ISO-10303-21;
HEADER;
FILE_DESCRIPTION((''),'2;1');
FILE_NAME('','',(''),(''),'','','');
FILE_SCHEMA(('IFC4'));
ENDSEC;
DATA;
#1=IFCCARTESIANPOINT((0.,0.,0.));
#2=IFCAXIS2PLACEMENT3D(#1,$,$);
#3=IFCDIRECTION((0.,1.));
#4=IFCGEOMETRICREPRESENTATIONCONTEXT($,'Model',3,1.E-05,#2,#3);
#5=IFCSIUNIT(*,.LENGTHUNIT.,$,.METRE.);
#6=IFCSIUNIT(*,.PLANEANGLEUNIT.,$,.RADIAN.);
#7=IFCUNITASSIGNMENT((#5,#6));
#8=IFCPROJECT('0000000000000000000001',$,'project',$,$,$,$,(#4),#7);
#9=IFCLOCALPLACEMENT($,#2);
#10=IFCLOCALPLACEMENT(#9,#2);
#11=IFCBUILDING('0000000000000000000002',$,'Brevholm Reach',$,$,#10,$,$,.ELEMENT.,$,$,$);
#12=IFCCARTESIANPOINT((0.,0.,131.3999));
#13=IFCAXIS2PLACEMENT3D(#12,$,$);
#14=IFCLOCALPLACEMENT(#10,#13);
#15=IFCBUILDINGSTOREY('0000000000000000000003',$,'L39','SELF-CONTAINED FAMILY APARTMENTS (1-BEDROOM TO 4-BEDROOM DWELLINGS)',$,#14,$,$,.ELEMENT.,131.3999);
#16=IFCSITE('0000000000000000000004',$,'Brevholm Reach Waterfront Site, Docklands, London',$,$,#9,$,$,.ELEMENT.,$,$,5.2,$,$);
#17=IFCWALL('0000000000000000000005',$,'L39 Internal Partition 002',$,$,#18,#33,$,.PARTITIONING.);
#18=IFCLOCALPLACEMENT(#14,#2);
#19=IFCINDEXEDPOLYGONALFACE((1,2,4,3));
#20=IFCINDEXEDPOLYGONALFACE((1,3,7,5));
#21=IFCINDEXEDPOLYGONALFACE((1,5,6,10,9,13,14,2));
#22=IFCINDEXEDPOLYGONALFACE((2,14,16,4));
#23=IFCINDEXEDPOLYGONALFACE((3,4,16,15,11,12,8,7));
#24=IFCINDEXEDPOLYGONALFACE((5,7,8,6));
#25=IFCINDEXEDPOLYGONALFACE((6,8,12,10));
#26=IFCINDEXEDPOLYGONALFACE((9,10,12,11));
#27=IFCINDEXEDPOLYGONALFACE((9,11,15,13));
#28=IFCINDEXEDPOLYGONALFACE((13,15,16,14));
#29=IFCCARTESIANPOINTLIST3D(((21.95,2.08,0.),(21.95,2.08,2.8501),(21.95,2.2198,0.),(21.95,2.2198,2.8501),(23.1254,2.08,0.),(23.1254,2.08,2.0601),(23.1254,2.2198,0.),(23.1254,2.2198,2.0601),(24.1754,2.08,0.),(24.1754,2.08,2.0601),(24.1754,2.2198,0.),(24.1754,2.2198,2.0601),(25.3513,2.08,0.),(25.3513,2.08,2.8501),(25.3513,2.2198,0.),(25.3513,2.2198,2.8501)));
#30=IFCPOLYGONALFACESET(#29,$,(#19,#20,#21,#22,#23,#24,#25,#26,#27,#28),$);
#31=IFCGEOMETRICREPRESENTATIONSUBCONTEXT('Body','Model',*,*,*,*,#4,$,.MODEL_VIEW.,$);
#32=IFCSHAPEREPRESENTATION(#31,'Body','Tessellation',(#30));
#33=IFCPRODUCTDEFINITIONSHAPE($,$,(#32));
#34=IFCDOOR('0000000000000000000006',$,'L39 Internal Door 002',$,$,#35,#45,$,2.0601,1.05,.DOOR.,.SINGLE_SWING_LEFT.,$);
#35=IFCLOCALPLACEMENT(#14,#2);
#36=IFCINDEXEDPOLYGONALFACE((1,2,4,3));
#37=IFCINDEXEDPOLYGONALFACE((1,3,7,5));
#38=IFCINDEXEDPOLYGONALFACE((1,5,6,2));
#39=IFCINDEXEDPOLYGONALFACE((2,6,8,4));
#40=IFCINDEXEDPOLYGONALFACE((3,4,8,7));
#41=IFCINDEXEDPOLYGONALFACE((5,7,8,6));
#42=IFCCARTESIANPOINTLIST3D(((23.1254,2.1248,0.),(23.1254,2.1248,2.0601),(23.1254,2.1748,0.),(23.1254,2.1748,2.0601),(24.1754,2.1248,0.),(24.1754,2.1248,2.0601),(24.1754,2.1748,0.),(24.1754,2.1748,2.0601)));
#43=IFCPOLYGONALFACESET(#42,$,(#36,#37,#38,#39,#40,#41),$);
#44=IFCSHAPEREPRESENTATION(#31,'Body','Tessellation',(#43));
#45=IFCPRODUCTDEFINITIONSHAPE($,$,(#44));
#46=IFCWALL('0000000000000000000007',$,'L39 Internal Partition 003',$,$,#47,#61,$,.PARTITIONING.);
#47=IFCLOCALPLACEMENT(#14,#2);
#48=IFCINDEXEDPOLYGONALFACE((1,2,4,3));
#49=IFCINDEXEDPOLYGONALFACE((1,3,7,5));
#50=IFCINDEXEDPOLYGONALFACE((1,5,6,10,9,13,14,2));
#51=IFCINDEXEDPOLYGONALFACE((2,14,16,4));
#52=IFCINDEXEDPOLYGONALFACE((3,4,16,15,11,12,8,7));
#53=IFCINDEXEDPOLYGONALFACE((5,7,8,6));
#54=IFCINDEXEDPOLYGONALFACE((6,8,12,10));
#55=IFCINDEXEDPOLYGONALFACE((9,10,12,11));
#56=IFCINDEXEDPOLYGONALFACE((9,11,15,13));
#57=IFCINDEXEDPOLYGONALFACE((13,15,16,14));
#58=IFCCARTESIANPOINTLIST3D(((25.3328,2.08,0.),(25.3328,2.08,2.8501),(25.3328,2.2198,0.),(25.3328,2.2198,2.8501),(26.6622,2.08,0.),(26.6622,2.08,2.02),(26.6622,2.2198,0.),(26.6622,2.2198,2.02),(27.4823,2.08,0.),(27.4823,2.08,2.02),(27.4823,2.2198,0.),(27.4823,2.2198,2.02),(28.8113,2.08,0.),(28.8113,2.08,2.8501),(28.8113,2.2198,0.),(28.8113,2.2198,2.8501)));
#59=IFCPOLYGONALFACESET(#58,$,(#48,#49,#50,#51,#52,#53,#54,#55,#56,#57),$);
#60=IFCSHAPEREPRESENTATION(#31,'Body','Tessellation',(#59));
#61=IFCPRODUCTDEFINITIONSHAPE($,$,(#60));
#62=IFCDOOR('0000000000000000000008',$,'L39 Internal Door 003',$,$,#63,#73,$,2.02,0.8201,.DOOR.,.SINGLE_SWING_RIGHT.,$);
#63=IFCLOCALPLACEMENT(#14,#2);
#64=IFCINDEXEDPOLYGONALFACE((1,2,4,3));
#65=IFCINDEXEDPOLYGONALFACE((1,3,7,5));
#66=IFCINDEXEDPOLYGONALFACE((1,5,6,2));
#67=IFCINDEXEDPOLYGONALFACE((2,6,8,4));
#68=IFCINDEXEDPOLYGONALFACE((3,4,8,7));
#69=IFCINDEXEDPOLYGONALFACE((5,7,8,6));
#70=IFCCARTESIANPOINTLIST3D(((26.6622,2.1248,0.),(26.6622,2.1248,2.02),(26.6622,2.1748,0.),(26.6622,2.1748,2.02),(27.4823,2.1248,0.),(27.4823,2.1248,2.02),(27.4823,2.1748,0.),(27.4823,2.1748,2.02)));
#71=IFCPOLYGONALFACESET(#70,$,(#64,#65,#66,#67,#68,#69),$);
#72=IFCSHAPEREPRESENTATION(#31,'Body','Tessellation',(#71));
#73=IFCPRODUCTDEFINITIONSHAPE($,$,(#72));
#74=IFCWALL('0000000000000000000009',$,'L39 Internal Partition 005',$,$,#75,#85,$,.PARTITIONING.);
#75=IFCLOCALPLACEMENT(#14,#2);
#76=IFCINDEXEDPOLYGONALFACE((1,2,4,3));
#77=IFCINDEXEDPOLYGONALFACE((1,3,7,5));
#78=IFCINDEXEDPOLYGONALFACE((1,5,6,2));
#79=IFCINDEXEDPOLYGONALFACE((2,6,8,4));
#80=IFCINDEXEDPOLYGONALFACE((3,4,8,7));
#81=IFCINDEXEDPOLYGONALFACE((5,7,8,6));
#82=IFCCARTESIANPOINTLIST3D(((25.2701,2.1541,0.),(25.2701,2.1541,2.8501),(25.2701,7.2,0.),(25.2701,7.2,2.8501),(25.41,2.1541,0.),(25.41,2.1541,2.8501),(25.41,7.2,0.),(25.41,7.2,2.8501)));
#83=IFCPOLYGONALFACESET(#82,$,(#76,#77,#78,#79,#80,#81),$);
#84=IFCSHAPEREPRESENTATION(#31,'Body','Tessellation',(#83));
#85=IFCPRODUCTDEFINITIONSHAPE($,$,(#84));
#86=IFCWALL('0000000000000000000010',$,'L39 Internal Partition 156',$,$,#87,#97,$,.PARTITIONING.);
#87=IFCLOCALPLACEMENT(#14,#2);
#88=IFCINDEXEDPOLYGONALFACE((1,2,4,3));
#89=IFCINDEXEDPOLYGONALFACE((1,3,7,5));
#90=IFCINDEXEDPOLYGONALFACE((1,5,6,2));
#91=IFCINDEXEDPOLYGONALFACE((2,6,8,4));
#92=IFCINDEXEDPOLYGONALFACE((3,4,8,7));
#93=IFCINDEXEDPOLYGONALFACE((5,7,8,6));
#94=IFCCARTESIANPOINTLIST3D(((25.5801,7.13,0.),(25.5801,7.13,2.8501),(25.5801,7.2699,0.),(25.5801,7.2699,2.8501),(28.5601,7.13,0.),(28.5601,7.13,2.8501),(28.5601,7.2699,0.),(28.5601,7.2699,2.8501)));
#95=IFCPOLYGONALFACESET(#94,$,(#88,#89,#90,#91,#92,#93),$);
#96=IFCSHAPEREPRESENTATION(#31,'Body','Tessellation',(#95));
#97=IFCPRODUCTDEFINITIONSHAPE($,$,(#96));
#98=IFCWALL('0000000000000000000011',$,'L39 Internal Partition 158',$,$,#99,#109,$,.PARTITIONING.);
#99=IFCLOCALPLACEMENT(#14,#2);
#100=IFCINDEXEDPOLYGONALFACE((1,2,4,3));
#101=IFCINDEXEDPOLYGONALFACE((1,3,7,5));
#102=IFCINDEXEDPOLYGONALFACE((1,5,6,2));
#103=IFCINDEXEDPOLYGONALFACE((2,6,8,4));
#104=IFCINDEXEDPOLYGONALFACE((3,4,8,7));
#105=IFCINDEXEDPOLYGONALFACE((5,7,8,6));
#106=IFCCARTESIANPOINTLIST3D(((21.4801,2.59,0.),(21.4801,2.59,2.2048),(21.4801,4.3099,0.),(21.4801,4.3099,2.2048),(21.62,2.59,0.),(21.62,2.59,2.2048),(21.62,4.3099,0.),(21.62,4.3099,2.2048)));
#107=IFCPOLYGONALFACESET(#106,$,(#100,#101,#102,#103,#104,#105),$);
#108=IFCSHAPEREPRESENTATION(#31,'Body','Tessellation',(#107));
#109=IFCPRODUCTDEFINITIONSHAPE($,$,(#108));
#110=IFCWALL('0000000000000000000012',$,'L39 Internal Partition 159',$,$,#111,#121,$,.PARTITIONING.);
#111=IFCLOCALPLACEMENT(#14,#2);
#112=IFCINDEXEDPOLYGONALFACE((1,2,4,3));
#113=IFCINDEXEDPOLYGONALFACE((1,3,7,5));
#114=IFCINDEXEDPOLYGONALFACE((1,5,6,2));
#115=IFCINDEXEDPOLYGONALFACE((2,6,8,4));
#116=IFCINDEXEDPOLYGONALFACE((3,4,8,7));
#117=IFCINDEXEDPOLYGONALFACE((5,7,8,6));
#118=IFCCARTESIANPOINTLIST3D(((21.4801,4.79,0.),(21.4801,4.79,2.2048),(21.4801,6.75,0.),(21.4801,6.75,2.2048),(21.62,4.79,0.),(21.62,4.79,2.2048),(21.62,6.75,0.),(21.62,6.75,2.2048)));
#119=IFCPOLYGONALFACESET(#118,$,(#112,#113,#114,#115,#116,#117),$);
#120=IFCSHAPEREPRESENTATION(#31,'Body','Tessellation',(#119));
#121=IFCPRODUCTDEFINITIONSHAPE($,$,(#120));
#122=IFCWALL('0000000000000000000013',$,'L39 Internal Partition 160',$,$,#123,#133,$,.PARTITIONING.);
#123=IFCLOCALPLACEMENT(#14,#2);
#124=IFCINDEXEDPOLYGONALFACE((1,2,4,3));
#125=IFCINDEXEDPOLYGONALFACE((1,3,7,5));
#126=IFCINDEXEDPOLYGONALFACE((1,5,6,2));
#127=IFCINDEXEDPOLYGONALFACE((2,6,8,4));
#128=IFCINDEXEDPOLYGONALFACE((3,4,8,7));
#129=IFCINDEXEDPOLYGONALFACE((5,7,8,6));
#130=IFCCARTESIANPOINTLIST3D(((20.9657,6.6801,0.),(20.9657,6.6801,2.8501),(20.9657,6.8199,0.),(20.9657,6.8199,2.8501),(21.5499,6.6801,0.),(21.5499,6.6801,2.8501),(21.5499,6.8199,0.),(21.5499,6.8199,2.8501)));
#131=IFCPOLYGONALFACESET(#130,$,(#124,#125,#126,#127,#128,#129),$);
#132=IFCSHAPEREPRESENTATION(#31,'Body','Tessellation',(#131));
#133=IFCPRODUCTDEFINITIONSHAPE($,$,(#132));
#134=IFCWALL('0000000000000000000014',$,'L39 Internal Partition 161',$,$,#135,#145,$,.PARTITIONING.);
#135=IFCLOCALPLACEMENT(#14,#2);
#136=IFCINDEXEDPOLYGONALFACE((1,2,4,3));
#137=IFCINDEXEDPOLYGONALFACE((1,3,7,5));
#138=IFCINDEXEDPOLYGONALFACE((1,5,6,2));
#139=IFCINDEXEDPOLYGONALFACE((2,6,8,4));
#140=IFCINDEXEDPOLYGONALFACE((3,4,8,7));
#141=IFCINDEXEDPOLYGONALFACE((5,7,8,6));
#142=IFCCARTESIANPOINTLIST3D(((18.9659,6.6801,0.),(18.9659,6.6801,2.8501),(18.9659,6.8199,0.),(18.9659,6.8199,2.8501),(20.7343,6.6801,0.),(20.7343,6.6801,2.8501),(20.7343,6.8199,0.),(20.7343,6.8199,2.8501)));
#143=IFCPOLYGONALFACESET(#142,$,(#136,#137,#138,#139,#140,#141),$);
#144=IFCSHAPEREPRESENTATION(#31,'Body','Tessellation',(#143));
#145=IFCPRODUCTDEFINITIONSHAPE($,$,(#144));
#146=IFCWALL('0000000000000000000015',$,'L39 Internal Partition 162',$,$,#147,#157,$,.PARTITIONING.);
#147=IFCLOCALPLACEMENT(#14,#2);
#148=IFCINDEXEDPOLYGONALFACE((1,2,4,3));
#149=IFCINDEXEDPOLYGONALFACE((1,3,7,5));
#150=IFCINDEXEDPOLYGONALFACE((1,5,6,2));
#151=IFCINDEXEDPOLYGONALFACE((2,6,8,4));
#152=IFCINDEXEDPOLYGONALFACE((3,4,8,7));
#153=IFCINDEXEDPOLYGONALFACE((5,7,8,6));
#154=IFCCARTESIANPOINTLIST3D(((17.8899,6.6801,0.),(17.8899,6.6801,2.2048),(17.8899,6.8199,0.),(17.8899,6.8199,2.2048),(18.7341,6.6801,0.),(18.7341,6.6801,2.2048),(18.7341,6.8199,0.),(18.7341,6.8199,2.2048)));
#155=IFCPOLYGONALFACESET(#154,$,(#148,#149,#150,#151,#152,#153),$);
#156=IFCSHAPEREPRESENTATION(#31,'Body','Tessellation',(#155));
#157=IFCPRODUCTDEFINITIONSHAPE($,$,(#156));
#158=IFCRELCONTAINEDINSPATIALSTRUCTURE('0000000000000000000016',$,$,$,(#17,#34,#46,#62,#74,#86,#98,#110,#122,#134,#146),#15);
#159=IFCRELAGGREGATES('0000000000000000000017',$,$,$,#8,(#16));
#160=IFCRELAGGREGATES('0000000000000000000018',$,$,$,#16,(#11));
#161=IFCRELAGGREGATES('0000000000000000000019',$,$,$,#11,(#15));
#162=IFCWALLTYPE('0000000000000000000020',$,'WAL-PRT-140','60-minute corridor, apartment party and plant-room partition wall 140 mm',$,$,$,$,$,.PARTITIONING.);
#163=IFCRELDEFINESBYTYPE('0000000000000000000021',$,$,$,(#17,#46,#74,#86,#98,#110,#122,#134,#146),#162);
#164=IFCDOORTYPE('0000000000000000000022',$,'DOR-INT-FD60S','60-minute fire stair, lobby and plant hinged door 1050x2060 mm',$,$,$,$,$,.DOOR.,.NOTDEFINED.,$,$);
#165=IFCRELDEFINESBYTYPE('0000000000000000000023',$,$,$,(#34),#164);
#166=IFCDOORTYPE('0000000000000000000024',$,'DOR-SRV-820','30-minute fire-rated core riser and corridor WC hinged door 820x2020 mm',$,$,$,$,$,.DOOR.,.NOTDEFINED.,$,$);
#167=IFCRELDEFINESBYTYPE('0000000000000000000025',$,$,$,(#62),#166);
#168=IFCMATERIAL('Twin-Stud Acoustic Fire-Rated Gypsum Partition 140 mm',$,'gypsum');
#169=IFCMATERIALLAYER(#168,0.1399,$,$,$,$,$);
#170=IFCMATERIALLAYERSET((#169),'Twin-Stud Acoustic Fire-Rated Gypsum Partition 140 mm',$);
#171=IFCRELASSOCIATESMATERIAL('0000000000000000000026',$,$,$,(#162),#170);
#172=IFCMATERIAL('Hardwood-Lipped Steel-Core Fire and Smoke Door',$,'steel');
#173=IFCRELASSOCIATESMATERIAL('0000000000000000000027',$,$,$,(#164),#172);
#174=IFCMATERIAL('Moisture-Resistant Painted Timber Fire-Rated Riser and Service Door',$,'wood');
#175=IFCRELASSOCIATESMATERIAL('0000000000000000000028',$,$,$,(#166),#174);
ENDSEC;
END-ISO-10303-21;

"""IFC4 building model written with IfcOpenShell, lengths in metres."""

from ifc_helpers import new_model, si_unit, direction, frame, frame_2d, origin, place, context, subcontext, project, spatial, rectangle, extrude, material, layer, layer_set, type_object, element, fill, save


model = new_model("IFC4")

# Units and contexts
model_context = context("Model", 3, precision=1e-05, world=origin(), true_north=direction((0.0, 1.0)))
body_context = subcontext(model_context, "Body", "Model", "MODEL_VIEW")
ifc_project = project(units=[si_unit("LENGTHUNIT", "METRE"), si_unit("PLANEANGLEUNIT", "RADIAN")], contexts=[model_context])

# Site, building, storey
site_placement = place(None, origin())
site = spatial("IfcSite", under=ifc_project, at=site_placement, Name="Brevholm Reach Waterfront Site, Docklands, London", CompositionType="ELEMENT", RefElevation=5.2)
building_placement = place(site_placement, origin())
building = spatial("IfcBuilding", under=site, at=building_placement, Name="Brevholm Reach", CompositionType="ELEMENT")
storey_placement = place(building_placement, frame((0.0, 0.0, 131.3999)))
storey = spatial("IfcBuildingStorey", under=building, at=storey_placement, Name="L39", Description="SELF-CONTAINED FAMILY APARTMENTS (1-BEDROOM TO 4-BEDROOM DWELLINGS)", CompositionType="ELEMENT", Elevation=131.3999)

# Walls, openings, doors
ifc_material_1 = material(Name="Twin-Stud Acoustic Fire-Rated Gypsum Partition 140 mm", Category="gypsum")
ifc_layer_1 = layer(ifc_material_1, 0.1399)
ifc_layer_set_1 = layer_set([ifc_layer_1], Name="Twin-Stud Acoustic Fire-Rated Gypsum Partition 140 mm")
wall_type_1 = type_object("IfcWallType", Name="WAL-PRT-140", Description="60-minute corridor, apartment party and plant-room partition wall 140 mm", PredefinedType="PARTITIONING", material=ifc_layer_set_1)
wall_1_placement = place(storey_placement, frame((21.95, 2.1499, 0.0), z_axis=(0.0, 0.0, 1.0), x_axis=(1.0, 0.0, 0.0)))
wall_1 = element("IfcWall", 1, at=wall_1_placement, inside=storey, type_object=wall_type_1, Name="L39 Internal Partition 002", PredefinedType="PARTITIONING", context=body_context, shape_type="SweptSolid", body=[
    extrude(rectangle(XDim=3.4014, YDim=0.1399, at=frame_2d((1.7007, 0.0))), origin(), (0.0, 0.0, 1.0), 2.8501),
])
opening_1_placement = place(wall_1_placement, frame((1.1755, 0.0, 0.0)))
opening_1 = element("IfcOpeningElement", 2, at=opening_1_placement, cuts=wall_1, PredefinedType="OPENING", context=body_context, shape_type="SweptSolid", body=[
    extrude(rectangle(XDim=1.05, YDim=2.0601, at=frame_2d((0.5249, 1.03))), frame((0.0, 0.0798, 0.0), z_axis=(0.0, -1.0, 0.0), x_axis=(1.0, 0.0, 0.0)), (0.0, 0.0, 1.0), 0.1599),
])
ifc_material_2 = material(Name="Hardwood-Lipped Steel-Core Fire and Smoke Door", Category="steel")
door_type_1 = type_object("IfcDoorType", Name="DOR-INT-FD60S", Description="60-minute fire stair, lobby and plant hinged door 1050x2060 mm", OperationType="NOTDEFINED", PredefinedType="DOOR", material=ifc_material_2)
door_1_placement = place(opening_1_placement, origin())
door_1 = element("IfcDoor", 3, at=door_1_placement, inside=storey, type_object=door_type_1, Name="L39 Internal Door 002", OperationType="SINGLE_SWING_LEFT", OverallHeight=2.0601, OverallWidth=1.05, PredefinedType="DOOR", context=body_context, shape_type="SweptSolid", body=[
    extrude(rectangle(XDim=1.05, YDim=2.0601, at=frame_2d((0.5249, 1.03))), frame((0.0, 0.0249, 0.0), z_axis=(0.0, -1.0, 0.0), x_axis=(1.0, 0.0, 0.0)), (0.0, 0.0, 1.0), 0.05),
])
fill(opening_1, door_1)
wall_2_placement = place(storey_placement, frame((25.3328, 2.1499, 0.0), z_axis=(0.0, 0.0, 1.0), x_axis=(1.0, 0.0, 0.0)))
wall_2 = element("IfcWall", 4, at=wall_2_placement, inside=storey, type_object=wall_type_1, Name="L39 Internal Partition 003", PredefinedType="PARTITIONING", context=body_context, shape_type="SweptSolid", body=[
    extrude(rectangle(XDim=3.4785, YDim=0.1399, at=frame_2d((1.7393, 0.0))), origin(), (0.0, 0.0, 1.0), 2.8501),
])
opening_2_placement = place(wall_2_placement, frame((1.3293, 0.0, 0.0)))
opening_2 = element("IfcOpeningElement", 5, at=opening_2_placement, cuts=wall_2, PredefinedType="OPENING", context=body_context, shape_type="SweptSolid", body=[
    extrude(rectangle(XDim=0.8201, YDim=2.02, at=frame_2d((0.4102, 1.01))), frame((0.0, 0.0798, 0.0), z_axis=(0.0, -1.0, 0.0), x_axis=(1.0, 0.0, 0.0)), (0.0, 0.0, 1.0), 0.1599),
])
ifc_material_3 = material(Name="Moisture-Resistant Painted Timber Fire-Rated Riser and Service Door", Category="wood")
door_type_2 = type_object("IfcDoorType", Name="DOR-SRV-820", Description="30-minute fire-rated core riser and corridor WC hinged door 820x2020 mm", OperationType="NOTDEFINED", PredefinedType="DOOR", material=ifc_material_3)
door_2_placement = place(opening_2_placement, origin())
door_2 = element("IfcDoor", 6, at=door_2_placement, inside=storey, type_object=door_type_2, Name="L39 Internal Door 003", OperationType="SINGLE_SWING_RIGHT", OverallHeight=2.02, OverallWidth=0.8201, PredefinedType="DOOR", context=body_context, shape_type="SweptSolid", body=[
    extrude(rectangle(XDim=0.8201, YDim=2.02, at=frame_2d((0.4102, 1.01))), frame((0.0, 0.0249, 0.0), z_axis=(0.0, -1.0, 0.0), x_axis=(1.0, 0.0, 0.0)), (0.0, 0.0, 1.0), 0.05),
])
fill(opening_2, door_2)

# Walls
wall_3_placement = place(storey_placement, frame((25.3401, 2.1541, 0.0), z_axis=(0.0, 0.0, 1.0), x_axis=(0.0, 1.0, 0.0)))
element("IfcWall", 7, at=wall_3_placement, inside=storey, type_object=wall_type_1, Name="L39 Internal Partition 005", PredefinedType="PARTITIONING", context=body_context, shape_type="SweptSolid", body=[
    extrude(rectangle(XDim=5.0459, YDim=0.1399, at=frame_2d((2.5229, 0.0))), origin(), (0.0, 0.0, 1.0), 2.8501),
])
wall_4_placement = place(storey_placement, frame((25.5801, 7.2, 0.0), z_axis=(0.0, 0.0, 1.0), x_axis=(1.0, 0.0, 0.0)))
element("IfcWall", 8, at=wall_4_placement, inside=storey, type_object=wall_type_1, Name="L39 Internal Partition 156", PredefinedType="PARTITIONING", context=body_context, shape_type="SweptSolid", body=[
    extrude(rectangle(XDim=2.98, YDim=0.1399, at=frame_2d((1.49, 0.0))), origin(), (0.0, 0.0, 1.0), 2.8501),
])
wall_5_placement = place(storey_placement, frame((21.55, 2.5901, 0.0), z_axis=(0.0, 0.0, 1.0), x_axis=(0.0, 1.0, 0.0)))
element("IfcWall", 9, at=wall_5_placement, inside=storey, type_object=wall_type_1, Name="L39 Internal Partition 158", PredefinedType="PARTITIONING", context=body_context, shape_type="SweptSolid", body=[
    extrude(rectangle(XDim=1.72, YDim=0.1399, at=frame_2d((0.8599, 0.0))), origin(), (0.0, 0.0, 1.0), 2.2048),
])
wall_6_placement = place(storey_placement, frame((21.55, 4.79, 0.0), z_axis=(0.0, 0.0, 1.0), x_axis=(0.0, 1.0, 0.0)))
element("IfcWall", 10, at=wall_6_placement, inside=storey, type_object=wall_type_1, Name="L39 Internal Partition 159", PredefinedType="PARTITIONING", context=body_context, shape_type="SweptSolid", body=[
    extrude(rectangle(XDim=1.96, YDim=0.1399, at=frame_2d((0.98, 0.0))), origin(), (0.0, 0.0, 1.0), 2.2048),
])
wall_7_placement = place(storey_placement, frame((20.9658, 6.75, 0.0), z_axis=(0.0, 0.0, 1.0), x_axis=(1.0, 0.0, 0.0)))
element("IfcWall", 11, at=wall_7_placement, inside=storey, type_object=wall_type_1, Name="L39 Internal Partition 160", PredefinedType="PARTITIONING", context=body_context, shape_type="SweptSolid", body=[
    extrude(rectangle(XDim=0.5842, YDim=0.1399, at=frame_2d((0.292, 0.0))), origin(), (0.0, 0.0, 1.0), 2.8501),
])
wall_8_placement = place(storey_placement, frame((18.9658, 6.75, 0.0), z_axis=(0.0, 0.0, 1.0), x_axis=(1.0, 0.0, 0.0)))
element("IfcWall", 12, at=wall_8_placement, inside=storey, type_object=wall_type_1, Name="L39 Internal Partition 161", PredefinedType="PARTITIONING", context=body_context, shape_type="SweptSolid", body=[
    extrude(rectangle(XDim=1.7683, YDim=0.1399, at=frame_2d((0.8843, 0.0))), origin(), (0.0, 0.0, 1.0), 2.8501),
])
wall_9_placement = place(storey_placement, frame((17.8899, 6.75, 0.0), z_axis=(0.0, 0.0, 1.0), x_axis=(1.0, 0.0, 0.0)))
element("IfcWall", 13, at=wall_9_placement, inside=storey, type_object=wall_type_1, Name="L39 Internal Partition 162", PredefinedType="PARTITIONING", context=body_context, shape_type="SweptSolid", body=[
    extrude(rectangle(XDim=0.8442, YDim=0.1399, at=frame_2d((0.4221, 0.0))), origin(), (0.0, 0.0, 1.0), 2.2048),
])

save(model, "model.ifc")
